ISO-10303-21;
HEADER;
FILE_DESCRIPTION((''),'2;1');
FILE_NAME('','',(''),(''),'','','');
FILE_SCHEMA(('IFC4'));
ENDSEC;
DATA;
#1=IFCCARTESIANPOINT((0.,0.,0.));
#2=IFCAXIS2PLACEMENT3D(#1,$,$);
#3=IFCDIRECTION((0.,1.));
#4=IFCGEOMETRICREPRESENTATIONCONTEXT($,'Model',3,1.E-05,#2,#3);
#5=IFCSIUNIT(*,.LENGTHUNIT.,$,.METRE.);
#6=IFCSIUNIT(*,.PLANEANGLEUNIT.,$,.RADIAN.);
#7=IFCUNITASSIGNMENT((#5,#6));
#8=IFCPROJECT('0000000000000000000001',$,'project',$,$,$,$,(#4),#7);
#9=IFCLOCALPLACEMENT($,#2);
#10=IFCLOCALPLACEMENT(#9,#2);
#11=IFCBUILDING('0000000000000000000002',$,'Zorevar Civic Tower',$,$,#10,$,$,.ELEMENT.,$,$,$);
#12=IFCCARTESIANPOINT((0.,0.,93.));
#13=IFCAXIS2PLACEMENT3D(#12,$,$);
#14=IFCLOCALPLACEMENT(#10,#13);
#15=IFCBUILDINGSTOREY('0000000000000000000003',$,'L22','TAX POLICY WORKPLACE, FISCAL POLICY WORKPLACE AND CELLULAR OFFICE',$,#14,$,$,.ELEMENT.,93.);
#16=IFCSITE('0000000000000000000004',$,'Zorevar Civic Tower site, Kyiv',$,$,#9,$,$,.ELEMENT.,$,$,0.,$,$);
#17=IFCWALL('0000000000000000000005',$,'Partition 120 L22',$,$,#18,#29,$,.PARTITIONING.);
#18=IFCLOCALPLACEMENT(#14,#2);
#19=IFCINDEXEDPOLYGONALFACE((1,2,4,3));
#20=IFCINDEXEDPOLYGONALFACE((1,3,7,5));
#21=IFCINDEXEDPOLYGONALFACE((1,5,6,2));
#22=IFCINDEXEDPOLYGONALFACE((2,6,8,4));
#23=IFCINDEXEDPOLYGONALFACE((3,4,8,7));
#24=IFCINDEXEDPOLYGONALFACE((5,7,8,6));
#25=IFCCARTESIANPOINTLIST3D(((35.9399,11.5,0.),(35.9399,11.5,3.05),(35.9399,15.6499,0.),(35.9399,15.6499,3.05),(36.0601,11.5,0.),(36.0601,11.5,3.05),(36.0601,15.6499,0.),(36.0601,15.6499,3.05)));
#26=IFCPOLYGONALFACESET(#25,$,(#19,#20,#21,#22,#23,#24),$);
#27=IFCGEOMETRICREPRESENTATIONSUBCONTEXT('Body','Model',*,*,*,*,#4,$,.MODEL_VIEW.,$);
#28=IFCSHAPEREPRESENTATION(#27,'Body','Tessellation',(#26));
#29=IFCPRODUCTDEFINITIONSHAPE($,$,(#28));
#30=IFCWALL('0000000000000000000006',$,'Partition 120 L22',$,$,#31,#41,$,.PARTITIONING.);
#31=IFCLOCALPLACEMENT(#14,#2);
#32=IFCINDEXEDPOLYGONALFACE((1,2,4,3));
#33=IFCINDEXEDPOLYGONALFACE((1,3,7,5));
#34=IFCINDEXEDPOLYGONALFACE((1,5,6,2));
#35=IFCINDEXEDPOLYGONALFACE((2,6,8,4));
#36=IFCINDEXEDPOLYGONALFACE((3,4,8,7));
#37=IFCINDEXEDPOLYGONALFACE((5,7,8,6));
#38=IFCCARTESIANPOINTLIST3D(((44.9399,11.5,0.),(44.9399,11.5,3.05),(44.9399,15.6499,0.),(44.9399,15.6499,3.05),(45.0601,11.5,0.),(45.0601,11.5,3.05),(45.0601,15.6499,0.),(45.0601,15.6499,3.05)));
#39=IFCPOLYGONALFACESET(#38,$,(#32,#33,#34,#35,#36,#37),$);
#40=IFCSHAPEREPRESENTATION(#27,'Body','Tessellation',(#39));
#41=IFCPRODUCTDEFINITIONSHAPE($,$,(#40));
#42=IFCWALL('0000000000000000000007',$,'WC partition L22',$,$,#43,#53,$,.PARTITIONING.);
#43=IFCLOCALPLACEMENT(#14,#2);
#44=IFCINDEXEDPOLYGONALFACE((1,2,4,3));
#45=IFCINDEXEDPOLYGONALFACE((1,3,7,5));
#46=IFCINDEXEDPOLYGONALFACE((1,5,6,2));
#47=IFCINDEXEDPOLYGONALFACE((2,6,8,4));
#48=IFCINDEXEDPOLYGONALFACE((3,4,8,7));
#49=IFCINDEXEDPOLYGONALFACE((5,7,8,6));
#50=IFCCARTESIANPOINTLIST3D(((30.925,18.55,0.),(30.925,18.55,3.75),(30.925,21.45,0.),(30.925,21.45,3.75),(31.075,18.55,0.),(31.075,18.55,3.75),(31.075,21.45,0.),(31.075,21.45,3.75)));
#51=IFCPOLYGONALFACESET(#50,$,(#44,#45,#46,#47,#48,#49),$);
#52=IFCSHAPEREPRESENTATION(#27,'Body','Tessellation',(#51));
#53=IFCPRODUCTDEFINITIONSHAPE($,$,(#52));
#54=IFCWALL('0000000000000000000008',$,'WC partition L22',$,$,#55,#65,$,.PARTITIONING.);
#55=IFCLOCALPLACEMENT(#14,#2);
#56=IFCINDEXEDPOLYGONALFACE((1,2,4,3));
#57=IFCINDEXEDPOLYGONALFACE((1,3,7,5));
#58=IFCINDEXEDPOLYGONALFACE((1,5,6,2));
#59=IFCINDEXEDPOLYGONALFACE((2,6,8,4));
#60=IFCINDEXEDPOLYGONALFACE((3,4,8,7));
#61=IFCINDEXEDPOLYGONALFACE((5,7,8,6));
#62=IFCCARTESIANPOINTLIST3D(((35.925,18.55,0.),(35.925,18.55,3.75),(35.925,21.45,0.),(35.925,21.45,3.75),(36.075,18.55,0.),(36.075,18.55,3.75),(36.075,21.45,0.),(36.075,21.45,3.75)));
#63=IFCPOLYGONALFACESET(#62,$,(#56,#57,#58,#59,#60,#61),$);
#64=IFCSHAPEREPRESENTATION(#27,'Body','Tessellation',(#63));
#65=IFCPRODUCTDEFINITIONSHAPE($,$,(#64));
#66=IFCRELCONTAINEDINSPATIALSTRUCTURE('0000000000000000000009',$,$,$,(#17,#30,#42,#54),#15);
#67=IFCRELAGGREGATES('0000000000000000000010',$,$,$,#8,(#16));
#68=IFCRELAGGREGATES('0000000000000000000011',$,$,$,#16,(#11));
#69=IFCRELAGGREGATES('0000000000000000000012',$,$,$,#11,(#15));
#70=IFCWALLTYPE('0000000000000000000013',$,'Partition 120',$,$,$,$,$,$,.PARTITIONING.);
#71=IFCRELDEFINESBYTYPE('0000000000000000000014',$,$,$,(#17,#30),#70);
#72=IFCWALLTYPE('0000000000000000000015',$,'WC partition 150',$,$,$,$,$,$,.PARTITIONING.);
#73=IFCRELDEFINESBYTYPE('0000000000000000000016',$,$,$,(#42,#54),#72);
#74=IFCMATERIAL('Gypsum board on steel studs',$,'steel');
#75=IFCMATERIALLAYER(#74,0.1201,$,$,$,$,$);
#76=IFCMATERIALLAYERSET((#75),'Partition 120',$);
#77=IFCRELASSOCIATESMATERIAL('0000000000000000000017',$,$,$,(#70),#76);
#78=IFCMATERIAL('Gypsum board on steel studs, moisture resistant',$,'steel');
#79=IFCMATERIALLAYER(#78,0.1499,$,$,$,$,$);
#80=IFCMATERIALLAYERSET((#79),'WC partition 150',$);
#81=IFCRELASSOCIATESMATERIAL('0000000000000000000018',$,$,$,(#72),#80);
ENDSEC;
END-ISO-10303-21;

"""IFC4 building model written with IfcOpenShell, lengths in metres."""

from ifc_helpers import new_model, si_unit, direction, frame, frame_2d, origin, place, context, subcontext, project, spatial, rectangle, extrude, material, layer, layer_set, type_object, element, save


model = new_model("IFC4")

# Units and contexts
model_context = context("Model", 3, precision=1e-05, world=origin(), true_north=direction((0.0, 1.0)))
body_context = subcontext(model_context, "Body", "Model", "MODEL_VIEW")
ifc_project = project(units=[si_unit("LENGTHUNIT", "METRE"), si_unit("PLANEANGLEUNIT", "RADIAN")], contexts=[model_context])

# Site, building, storey
site_placement = place(None, origin())
site = spatial("IfcSite", under=ifc_project, at=site_placement, Name="Zorevar Civic Tower site, Kyiv", CompositionType="ELEMENT", RefElevation=0.0)
building_placement = place(site_placement, origin())
building = spatial("IfcBuilding", under=site, at=building_placement, Name="Zorevar Civic Tower", CompositionType="ELEMENT")
storey_placement = place(building_placement, frame((0.0, 0.0, 93.0)))
storey = spatial("IfcBuildingStorey", under=building, at=storey_placement, Name="L22", Description="TAX POLICY WORKPLACE, FISCAL POLICY WORKPLACE AND CELLULAR OFFICE", CompositionType="ELEMENT", Elevation=93.0)

# Walls
ifc_material_1 = material(Name="Gypsum board on steel studs", Category="steel")
ifc_layer_1 = layer(ifc_material_1, 0.1201)
ifc_layer_set_1 = layer_set([ifc_layer_1], Name="Partition 120")
wall_type_1 = type_object("IfcWallType", Name="Partition 120", PredefinedType="PARTITIONING", material=ifc_layer_set_1)
for number, where, z_axis, x_axis, name in (
    (1, (36.0, 11.5, 0.0), (0.0, 0.0, 1.0), (0.0, 1.0, 0.0), "Partition 120 L22"),
    (2, (45.0, 11.5, 0.0), (0.0, 0.0, 1.0), (0.0, 1.0, 0.0), "Partition 120 L22"),
):
    element("IfcWall", number, at=place(storey_placement, frame(where, z_axis=z_axis, x_axis=x_axis)), inside=storey, type_object=wall_type_1, Name=name, PredefinedType="PARTITIONING", context=body_context, shape_type="SweptSolid", body=[
        extrude(rectangle(XDim=4.1499, YDim=0.1201, at=frame_2d((2.075, 0.0))), origin(), (0.0, 0.0, 1.0), 3.05),
    ])
ifc_material_2 = material(Name="Gypsum board on steel studs, moisture resistant", Category="steel")
ifc_layer_2 = layer(ifc_material_2, 0.1499)
ifc_layer_set_2 = layer_set([ifc_layer_2], Name="WC partition 150")
wall_type_2 = type_object("IfcWallType", Name="WC partition 150", PredefinedType="PARTITIONING", material=ifc_layer_set_2)
for number, where, z_axis, x_axis, name in (
    (3, (31.0, 18.55, 0.0), (0.0, 0.0, 1.0), (0.0, 1.0, 0.0), "WC partition L22"),
    (4, (36.0, 18.55, 0.0), (0.0, 0.0, 1.0), (0.0, 1.0, 0.0), "WC partition L22"),
):
    element("IfcWall", number, at=place(storey_placement, frame(where, z_axis=z_axis, x_axis=x_axis)), inside=storey, type_object=wall_type_2, Name=name, PredefinedType="PARTITIONING", context=body_context, shape_type="SweptSolid", body=[
        extrude(rectangle(XDim=2.8999, YDim=0.1499, at=frame_2d((1.45, 0.0))), origin(), (0.0, 0.0, 1.0), 3.75),
    ])

save(model, "model.ifc")
